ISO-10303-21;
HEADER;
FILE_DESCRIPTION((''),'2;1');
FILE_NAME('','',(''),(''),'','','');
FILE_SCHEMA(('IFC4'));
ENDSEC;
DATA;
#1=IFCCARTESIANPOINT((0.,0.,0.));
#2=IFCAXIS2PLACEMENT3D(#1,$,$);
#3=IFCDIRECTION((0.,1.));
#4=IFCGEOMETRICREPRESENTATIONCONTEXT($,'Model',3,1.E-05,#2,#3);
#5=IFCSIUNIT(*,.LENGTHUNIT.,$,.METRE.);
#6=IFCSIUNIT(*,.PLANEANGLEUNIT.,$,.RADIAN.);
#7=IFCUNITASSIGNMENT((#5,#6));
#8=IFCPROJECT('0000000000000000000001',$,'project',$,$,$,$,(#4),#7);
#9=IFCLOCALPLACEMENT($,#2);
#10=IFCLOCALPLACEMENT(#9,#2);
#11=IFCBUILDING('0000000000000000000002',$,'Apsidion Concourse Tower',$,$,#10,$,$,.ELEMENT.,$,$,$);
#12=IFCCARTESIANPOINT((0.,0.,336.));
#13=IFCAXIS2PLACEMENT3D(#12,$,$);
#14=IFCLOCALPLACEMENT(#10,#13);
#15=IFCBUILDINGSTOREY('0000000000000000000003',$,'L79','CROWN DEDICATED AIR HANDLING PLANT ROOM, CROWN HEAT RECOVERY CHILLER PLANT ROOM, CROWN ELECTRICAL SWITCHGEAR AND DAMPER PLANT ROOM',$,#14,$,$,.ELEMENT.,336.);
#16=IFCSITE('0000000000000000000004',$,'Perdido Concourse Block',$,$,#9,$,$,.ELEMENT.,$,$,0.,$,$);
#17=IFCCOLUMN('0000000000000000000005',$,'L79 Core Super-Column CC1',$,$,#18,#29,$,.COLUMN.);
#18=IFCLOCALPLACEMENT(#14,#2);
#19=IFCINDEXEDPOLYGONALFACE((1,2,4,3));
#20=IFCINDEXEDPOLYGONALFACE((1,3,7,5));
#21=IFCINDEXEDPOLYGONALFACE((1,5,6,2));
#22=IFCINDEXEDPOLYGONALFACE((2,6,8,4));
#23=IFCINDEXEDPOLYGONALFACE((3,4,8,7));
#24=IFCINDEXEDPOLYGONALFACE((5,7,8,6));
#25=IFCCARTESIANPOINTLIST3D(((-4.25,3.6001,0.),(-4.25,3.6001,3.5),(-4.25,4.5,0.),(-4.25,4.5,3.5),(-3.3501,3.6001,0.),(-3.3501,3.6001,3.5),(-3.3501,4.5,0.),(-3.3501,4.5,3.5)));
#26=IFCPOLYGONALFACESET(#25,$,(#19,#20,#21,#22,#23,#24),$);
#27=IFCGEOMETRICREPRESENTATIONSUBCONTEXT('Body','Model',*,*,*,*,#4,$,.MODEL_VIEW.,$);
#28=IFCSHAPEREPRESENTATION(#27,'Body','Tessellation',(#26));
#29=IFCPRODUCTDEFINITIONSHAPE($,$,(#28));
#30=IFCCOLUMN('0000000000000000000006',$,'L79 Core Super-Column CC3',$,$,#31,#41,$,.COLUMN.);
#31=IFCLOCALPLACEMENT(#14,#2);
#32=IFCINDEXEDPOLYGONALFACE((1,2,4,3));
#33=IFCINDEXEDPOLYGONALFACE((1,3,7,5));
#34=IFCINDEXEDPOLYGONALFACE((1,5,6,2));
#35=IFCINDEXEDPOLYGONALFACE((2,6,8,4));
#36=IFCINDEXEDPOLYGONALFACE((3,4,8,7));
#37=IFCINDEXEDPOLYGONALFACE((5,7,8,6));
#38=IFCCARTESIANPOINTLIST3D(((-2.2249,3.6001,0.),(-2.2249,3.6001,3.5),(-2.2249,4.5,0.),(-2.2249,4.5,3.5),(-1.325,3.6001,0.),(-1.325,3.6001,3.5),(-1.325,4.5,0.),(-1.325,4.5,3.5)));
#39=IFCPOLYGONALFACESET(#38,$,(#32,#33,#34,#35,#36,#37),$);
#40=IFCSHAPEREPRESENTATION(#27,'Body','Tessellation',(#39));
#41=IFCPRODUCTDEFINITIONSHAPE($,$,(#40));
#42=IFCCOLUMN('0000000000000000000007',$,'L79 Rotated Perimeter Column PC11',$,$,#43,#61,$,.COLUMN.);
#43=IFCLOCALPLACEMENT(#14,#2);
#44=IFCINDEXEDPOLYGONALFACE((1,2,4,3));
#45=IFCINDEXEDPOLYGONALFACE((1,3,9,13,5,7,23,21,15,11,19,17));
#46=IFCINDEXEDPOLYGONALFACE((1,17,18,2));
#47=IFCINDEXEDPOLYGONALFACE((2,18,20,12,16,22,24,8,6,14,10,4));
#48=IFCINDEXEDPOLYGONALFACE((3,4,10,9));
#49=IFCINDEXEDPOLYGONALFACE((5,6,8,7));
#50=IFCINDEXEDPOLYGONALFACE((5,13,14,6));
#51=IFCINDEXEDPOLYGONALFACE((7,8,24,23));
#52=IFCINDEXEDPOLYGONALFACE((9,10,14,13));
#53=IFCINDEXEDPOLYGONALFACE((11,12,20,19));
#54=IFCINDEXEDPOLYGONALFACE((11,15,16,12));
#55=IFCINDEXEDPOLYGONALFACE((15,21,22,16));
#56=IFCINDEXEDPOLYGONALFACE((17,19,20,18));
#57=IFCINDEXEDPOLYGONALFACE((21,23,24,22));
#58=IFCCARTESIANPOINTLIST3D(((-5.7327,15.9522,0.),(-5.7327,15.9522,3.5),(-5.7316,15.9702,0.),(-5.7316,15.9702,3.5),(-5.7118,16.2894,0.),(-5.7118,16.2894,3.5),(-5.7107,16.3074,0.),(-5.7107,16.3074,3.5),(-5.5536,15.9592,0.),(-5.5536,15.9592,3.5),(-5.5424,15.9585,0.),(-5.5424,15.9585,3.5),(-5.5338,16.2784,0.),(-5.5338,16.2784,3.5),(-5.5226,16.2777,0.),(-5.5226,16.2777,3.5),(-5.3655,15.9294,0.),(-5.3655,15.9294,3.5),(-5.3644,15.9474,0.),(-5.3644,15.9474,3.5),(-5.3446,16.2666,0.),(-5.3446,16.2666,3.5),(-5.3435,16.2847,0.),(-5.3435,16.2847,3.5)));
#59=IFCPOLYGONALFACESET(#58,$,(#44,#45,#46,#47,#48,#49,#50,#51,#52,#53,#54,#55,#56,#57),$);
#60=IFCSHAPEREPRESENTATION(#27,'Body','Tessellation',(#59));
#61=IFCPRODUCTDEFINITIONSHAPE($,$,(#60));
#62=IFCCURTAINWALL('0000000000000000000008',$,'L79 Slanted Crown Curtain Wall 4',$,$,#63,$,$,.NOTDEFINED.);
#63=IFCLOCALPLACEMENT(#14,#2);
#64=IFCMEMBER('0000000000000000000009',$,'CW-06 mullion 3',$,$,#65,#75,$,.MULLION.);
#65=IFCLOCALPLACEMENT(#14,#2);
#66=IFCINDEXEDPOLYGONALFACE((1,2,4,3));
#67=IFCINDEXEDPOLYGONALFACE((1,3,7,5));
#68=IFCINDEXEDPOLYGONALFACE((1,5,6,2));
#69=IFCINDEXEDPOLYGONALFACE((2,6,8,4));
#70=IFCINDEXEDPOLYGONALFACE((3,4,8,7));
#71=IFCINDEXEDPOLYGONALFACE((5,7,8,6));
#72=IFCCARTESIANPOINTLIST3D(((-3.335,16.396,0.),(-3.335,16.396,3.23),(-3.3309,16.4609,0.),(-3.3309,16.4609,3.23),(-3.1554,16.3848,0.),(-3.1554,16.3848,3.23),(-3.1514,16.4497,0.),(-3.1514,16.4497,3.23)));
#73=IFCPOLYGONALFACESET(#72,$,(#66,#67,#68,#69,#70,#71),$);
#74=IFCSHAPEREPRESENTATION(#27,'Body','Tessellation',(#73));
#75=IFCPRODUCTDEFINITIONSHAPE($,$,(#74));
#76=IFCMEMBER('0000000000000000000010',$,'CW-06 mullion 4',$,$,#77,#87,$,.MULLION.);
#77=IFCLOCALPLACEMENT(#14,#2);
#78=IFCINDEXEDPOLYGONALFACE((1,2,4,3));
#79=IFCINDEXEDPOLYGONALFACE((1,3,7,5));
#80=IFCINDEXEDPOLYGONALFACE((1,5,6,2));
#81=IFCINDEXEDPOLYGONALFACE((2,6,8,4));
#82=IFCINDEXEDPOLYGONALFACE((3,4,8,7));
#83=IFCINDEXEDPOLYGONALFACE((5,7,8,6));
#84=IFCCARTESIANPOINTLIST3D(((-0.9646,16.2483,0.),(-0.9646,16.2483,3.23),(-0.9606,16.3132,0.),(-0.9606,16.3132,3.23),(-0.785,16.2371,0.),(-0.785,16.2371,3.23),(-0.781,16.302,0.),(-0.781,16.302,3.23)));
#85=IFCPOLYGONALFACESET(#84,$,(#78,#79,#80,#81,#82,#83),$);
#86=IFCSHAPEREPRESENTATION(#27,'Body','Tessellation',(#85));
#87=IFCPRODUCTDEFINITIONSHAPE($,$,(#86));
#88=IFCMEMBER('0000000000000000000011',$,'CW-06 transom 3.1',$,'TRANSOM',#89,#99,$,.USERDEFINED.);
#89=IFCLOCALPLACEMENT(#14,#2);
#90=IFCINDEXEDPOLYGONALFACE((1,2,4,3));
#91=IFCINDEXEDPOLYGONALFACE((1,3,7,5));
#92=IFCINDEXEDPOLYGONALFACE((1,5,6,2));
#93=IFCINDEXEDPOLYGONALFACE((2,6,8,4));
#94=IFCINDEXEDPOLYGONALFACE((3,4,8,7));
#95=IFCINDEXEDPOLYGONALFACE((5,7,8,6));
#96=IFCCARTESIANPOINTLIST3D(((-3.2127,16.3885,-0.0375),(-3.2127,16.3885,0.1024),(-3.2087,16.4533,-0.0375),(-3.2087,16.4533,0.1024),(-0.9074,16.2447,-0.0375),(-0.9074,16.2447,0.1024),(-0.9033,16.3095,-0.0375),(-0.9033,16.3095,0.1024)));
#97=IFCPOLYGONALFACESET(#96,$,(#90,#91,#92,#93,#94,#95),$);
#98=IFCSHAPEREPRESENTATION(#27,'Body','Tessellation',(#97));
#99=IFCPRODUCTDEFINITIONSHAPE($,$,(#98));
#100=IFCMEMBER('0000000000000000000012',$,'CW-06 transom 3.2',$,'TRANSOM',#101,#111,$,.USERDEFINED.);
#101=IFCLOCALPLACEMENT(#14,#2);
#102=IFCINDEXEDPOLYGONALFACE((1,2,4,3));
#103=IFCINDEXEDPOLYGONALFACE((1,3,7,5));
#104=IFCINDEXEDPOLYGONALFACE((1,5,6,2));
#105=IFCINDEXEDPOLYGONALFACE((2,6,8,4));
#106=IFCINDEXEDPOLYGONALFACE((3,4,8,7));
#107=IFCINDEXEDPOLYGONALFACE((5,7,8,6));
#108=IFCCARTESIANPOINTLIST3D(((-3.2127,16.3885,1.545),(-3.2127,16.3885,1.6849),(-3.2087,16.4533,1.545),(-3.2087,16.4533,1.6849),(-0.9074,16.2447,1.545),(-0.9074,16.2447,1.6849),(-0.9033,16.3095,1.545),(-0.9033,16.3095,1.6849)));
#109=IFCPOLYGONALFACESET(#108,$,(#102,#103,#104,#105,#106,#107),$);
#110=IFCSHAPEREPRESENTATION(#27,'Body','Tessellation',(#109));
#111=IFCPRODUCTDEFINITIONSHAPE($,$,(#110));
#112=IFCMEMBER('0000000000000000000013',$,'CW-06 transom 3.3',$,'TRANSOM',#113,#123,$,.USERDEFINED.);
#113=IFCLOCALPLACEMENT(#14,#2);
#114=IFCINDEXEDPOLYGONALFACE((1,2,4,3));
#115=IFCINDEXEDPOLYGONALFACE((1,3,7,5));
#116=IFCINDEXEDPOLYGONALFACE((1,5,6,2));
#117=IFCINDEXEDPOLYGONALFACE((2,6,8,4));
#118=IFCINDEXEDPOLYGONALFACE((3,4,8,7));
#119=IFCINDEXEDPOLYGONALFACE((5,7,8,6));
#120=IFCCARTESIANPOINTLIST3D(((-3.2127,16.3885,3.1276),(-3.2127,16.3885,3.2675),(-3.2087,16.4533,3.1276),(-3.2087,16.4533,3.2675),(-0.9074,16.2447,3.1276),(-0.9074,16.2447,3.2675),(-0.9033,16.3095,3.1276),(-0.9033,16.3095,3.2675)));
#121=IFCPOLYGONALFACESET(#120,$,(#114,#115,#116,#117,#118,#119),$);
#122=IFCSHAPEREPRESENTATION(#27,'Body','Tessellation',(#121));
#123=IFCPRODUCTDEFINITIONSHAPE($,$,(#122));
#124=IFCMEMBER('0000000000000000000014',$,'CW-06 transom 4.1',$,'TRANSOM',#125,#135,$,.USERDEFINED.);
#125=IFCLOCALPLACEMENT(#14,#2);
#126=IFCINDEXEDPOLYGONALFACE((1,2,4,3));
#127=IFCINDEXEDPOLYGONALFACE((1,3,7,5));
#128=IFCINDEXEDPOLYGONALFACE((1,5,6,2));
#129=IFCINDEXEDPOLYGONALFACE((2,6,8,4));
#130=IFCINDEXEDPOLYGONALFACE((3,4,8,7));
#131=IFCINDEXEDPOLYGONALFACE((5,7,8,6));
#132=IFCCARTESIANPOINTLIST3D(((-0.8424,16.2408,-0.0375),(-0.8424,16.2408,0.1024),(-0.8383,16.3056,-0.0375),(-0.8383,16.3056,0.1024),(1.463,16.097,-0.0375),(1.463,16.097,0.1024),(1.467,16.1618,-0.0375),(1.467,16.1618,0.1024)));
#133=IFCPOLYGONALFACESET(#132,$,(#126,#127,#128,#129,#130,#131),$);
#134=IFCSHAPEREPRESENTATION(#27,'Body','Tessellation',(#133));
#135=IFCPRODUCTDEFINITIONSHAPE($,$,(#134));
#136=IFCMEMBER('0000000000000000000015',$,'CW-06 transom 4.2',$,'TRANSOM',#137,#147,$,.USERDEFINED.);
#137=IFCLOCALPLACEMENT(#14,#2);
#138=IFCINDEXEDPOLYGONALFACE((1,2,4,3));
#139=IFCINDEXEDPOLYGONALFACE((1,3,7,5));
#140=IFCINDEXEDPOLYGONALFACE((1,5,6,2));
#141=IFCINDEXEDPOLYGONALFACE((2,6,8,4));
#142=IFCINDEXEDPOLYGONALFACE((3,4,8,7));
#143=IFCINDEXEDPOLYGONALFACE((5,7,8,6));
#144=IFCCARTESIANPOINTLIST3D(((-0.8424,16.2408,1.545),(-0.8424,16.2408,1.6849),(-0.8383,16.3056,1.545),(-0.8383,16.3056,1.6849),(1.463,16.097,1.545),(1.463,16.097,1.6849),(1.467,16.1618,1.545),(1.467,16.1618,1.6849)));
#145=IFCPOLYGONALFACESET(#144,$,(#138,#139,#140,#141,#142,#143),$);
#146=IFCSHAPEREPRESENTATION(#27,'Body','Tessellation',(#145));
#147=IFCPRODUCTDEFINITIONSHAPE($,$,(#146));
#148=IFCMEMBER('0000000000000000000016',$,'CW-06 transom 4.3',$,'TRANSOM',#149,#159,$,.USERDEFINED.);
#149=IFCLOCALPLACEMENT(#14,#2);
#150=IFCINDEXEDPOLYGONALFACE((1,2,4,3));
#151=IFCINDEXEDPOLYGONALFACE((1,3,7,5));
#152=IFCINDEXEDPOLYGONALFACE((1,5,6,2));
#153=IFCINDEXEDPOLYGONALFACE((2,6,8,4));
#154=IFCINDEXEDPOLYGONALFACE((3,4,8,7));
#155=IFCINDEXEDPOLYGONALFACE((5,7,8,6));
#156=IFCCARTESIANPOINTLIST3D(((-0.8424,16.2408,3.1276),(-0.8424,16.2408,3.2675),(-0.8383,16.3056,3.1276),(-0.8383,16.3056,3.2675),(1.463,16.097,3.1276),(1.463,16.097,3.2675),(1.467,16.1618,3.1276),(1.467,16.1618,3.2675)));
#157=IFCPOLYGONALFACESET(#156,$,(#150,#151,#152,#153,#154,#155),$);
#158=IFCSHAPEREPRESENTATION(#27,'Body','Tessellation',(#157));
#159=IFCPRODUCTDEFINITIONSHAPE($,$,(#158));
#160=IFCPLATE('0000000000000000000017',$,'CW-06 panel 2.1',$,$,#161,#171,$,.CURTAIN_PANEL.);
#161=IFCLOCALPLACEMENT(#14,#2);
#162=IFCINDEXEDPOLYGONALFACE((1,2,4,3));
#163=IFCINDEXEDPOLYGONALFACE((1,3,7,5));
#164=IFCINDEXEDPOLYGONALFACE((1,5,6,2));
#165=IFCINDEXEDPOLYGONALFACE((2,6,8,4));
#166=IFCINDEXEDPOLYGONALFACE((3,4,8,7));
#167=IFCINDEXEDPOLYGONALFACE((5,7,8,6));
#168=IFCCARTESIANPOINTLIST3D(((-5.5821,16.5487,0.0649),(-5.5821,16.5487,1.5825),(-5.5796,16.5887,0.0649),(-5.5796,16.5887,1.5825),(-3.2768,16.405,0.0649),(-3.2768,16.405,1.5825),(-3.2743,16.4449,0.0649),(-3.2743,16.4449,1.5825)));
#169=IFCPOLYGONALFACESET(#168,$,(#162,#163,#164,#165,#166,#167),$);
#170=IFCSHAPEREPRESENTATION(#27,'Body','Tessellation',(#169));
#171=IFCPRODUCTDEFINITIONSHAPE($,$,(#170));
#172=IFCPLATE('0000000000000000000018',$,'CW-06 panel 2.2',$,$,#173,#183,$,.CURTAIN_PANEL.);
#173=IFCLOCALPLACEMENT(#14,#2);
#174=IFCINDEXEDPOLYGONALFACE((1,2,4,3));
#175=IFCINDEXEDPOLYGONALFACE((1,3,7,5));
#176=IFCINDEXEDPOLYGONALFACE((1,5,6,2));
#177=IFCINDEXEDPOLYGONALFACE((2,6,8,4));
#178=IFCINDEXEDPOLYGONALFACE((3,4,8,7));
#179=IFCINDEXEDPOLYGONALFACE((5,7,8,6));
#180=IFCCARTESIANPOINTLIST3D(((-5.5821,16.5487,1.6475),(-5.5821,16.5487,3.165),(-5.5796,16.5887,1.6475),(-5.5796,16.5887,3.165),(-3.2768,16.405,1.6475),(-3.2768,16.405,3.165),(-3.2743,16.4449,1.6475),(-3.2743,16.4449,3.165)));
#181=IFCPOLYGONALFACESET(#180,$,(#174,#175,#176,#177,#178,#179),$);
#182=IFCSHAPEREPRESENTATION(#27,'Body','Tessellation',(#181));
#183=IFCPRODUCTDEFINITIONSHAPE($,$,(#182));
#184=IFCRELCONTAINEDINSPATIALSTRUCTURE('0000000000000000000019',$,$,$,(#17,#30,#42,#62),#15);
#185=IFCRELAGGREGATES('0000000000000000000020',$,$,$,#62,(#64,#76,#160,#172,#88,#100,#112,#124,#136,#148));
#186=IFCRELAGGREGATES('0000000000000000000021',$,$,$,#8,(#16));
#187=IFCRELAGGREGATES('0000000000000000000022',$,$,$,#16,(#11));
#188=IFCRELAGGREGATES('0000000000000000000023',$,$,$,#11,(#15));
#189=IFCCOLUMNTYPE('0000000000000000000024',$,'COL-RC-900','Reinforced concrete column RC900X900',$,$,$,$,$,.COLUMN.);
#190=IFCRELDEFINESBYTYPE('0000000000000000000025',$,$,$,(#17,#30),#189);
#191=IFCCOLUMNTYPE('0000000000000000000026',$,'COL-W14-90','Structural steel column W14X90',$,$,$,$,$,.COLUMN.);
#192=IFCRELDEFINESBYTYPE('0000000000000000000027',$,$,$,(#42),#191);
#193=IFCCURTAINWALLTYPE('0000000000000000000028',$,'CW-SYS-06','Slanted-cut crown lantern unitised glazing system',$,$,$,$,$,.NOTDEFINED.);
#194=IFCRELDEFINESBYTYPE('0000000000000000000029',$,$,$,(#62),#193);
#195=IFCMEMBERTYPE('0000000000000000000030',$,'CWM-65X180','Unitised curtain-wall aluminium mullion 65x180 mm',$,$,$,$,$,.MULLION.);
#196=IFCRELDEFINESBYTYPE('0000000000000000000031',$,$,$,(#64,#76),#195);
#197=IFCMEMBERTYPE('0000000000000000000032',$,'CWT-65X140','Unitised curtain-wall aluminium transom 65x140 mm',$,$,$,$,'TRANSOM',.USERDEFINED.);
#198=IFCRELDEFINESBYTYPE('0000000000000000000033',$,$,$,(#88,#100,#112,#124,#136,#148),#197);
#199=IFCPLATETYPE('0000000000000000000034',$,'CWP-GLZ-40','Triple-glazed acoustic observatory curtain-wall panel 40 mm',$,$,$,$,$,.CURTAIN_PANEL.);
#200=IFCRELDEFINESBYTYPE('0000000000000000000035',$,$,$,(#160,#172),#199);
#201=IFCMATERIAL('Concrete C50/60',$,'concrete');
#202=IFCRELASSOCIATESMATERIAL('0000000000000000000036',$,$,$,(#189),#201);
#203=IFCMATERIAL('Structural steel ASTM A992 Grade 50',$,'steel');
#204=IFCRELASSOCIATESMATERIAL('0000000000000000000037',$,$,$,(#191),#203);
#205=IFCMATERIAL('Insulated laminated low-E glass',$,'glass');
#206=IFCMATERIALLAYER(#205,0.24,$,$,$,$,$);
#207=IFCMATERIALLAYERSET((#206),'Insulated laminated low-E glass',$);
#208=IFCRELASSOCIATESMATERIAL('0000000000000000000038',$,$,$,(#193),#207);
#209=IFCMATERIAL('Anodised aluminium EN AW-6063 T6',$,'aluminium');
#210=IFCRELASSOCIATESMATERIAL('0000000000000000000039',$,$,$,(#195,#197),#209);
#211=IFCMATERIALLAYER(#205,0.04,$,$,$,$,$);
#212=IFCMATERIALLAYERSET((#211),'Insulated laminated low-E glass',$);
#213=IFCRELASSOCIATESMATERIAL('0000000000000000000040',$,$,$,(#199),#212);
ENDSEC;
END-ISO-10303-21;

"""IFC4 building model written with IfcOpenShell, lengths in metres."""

from ifc_helpers import new_model, si_unit, direction, frame, origin, origin_2d, place, context, subcontext, project, spatial, rectangle, i_section, extrude, material, layer, layer_set, material_profile, profile_set, type_object, element, aggregate, save


model = new_model("IFC4")

# Units and contexts
model_context = context("Model", 3, precision=1e-05, world=origin(), true_north=direction((0.0, 1.0)))
body_context = subcontext(model_context, "Body", "Model", "MODEL_VIEW")
ifc_project = project(units=[si_unit("LENGTHUNIT", "METRE"), si_unit("PLANEANGLEUNIT", "RADIAN")], contexts=[model_context])

# Site, building, storey
site_placement = place(None, origin())
site = spatial("IfcSite", under=ifc_project, at=site_placement, Name="Perdido Concourse Block", CompositionType="ELEMENT", RefElevation=0.0)
building_placement = place(site_placement, origin())
building = spatial("IfcBuilding", under=site, at=building_placement, Name="Apsidion Concourse Tower", CompositionType="ELEMENT")
storey_placement = place(building_placement, frame((0.0, 0.0, 336.0)))
storey = spatial("IfcBuildingStorey", under=building, at=storey_placement, Name="L79", Description="CROWN DEDICATED AIR HANDLING PLANT ROOM, CROWN HEAT RECOVERY CHILLER PLANT ROOM, CROWN ELECTRICAL SWITCHGEAR AND DAMPER PLANT ROOM", CompositionType="ELEMENT", Elevation=336.0)

# Columns
ifc_material_1 = material(Name="Concrete C50/60", Category="concrete")
ifc_material_profile_1 = material_profile(ifc_material_1, rectangle(XDim=0.8999, YDim=0.8999, at=origin_2d()), Name="RC 900x900")
ifc_profile_set_1 = profile_set([ifc_material_profile_1], Name="Concrete C50/60")
column_type_1 = type_object("IfcColumnType", Name="COL-RC-900", Description="Reinforced concrete column RC900X900", PredefinedType="COLUMN", material=ifc_profile_set_1)
for number, where, z_axis, x_axis, name in (
    (1, (-3.8, 4.05, 0.0), (0.0, 0.0, 1.0), (1.0, 0.0, 0.0), "L79 Core Super-Column CC1"),
    (2, (-1.7749, 4.05, 0.0), (0.0, 0.0, 1.0), (1.0, 0.0, 0.0), "L79 Core Super-Column CC3"),
):
    element("IfcColumn", number, at=place(storey_placement, frame(where, z_axis=z_axis, x_axis=x_axis)), inside=storey, type_object=column_type_1, Name=name, PredefinedType="COLUMN", context=body_context, shape_type="SweptSolid", body=[
        extrude(rectangle(XDim=0.8999, YDim=0.8999, at=origin_2d()), origin(), (0.0, 0.0, 1.0), 3.5),
    ])
ifc_material_2 = material(Name="Structural steel ASTM A992 Grade 50", Category="steel")
ifc_material_profile_2 = material_profile(ifc_material_2, i_section(OverallWidth=0.3679, OverallDepth=0.356, WebThickness=0.0112, FlangeThickness=0.0181, at=origin_2d()), Name="W14X90")
ifc_profile_set_2 = profile_set([ifc_material_profile_2], Name="Structural steel ASTM A992 Grade 50")
column_type_2 = type_object("IfcColumnType", Name="COL-W14-90", Description="Structural steel column W14X90", PredefinedType="COLUMN", material=ifc_profile_set_2)
column_placement = place(storey_placement, frame((-5.5381, 16.1184, 0.0), z_axis=(0.0, 0.0, 1.0), x_axis=(-0.998081, 0.06192, 0.0)))
element("IfcColumn", 3, at=column_placement, inside=storey, type_object=column_type_2, Name="L79 Rotated Perimeter Column PC11", PredefinedType="COLUMN", context=body_context, shape_type="SweptSolid", body=[
    extrude(i_section(OverallWidth=0.3679, OverallDepth=0.356, WebThickness=0.0112, FlangeThickness=0.0181, at=origin_2d()), origin(), (0.0, 0.0, 1.0), 3.5),
])

# Curtain wall, members, plates
ifc_material_3 = material(Name="Insulated laminated low-E glass", Category="glass")
ifc_layer_1 = layer(ifc_material_3, 0.24)
ifc_layer_set_1 = layer_set([ifc_layer_1], Name="Insulated laminated low-E glass")
curtain_wall_type = type_object("IfcCurtainWallType", Name="CW-SYS-06", Description="Slanted-cut crown lantern unitised glazing system", PredefinedType="NOTDEFINED", material=ifc_layer_set_1)
curtain_wall_placement = place(storey_placement, origin())
curtain_wall = element("IfcCurtainWall", 4, at=curtain_wall_placement, inside=storey, type_object=curtain_wall_type, Name="L79 Slanted Crown Curtain Wall 4", PredefinedType="NOTDEFINED")
ifc_material_4 = material(Name="Anodised aluminium EN AW-6063 T6", Category="aluminium")
ifc_material_profile_3 = material_profile(ifc_material_4, rectangle(XDim=0.0649, YDim=0.1799, at=origin_2d()), Name="ALU MULLION 65x180")
ifc_profile_set_3 = profile_set([ifc_material_profile_3], Name="Anodised aluminium EN AW-6063 T6")
member_type_1 = type_object("IfcMemberType", Name="CWM-65X180", Description="Unitised curtain-wall aluminium mullion 65x180 mm", PredefinedType="MULLION", material=ifc_profile_set_3)
member_1_placement = place(storey_placement, frame((-3.2432, 16.4229, 0.0), z_axis=(0.0, 0.0, 1.0), x_axis=(0.062245, 0.998061, 0.0)))
member_1 = element("IfcMember", 5, at=member_1_placement, type_object=member_type_1, Name="CW-06 mullion 3", PredefinedType="MULLION", context=body_context, shape_type="SweptSolid", body=[
    extrude(rectangle(XDim=0.0649, YDim=0.1799, at=origin_2d()), origin(), (0.0, 0.0, 1.0), 3.23),
])
member_2_placement = place(storey_placement, frame((-0.8728, 16.2751, 0.0), z_axis=(0.0, 0.0, 1.0), x_axis=(0.062245, 0.998061, 0.0)))
member_2 = element("IfcMember", 6, at=member_2_placement, type_object=member_type_1, Name="CW-06 mullion 4", PredefinedType="MULLION", context=body_context, shape_type="SweptSolid", body=[
    extrude(rectangle(XDim=0.0649, YDim=0.1799, at=origin_2d()), origin(), (0.0, 0.0, 1.0), 3.23),
])
ifc_material_profile_4 = material_profile(ifc_material_4, rectangle(XDim=0.0649, YDim=0.1399, at=origin_2d()), Name="ALU TRANSOM 65x140")
ifc_profile_set_4 = profile_set([ifc_material_profile_4], Name="Anodised aluminium EN AW-6063 T6")
member_type_2 = type_object("IfcMemberType", Name="CWT-65X140", Description="Unitised curtain-wall aluminium transom 65x140 mm", ElementType="TRANSOM", PredefinedType="USERDEFINED", material=ifc_profile_set_4)
member_3_placement = place(storey_placement, frame((-3.2107, 16.4209, 0.0325), z_axis=(0.99806, -0.062253, 0.0), x_axis=(0.062253, 0.99806, 0.0)))
member_3 = element("IfcMember", 7, at=member_3_placement, type_object=member_type_2, Name="CW-06 transom 3.1", ObjectType="TRANSOM", PredefinedType="USERDEFINED", context=body_context, shape_type="SweptSolid", body=[
    extrude(rectangle(XDim=0.0649, YDim=0.1399, at=origin_2d()), origin(), (0.0, 0.0, 1.0), 2.3098),
])
member_4_placement = place(storey_placement, frame((-3.2107, 16.4209, 1.615), z_axis=(0.99806, -0.062253, 0.0), x_axis=(0.062253, 0.99806, 0.0)))
member_4 = element("IfcMember", 8, at=member_4_placement, type_object=member_type_2, Name="CW-06 transom 3.2", ObjectType="TRANSOM", PredefinedType="USERDEFINED", context=body_context, shape_type="SweptSolid", body=[
    extrude(rectangle(XDim=0.0649, YDim=0.1399, at=origin_2d()), origin(), (0.0, 0.0, 1.0), 2.3098),
])
member_5_placement = place(storey_placement, frame((-3.2107, 16.4209, 3.1975), z_axis=(0.99806, -0.062253, 0.0), x_axis=(0.062253, 0.99806, 0.0)))
member_5 = element("IfcMember", 9, at=member_5_placement, type_object=member_type_2, Name="CW-06 transom 3.3", ObjectType="TRANSOM", PredefinedType="USERDEFINED", context=body_context, shape_type="SweptSolid", body=[
    extrude(rectangle(XDim=0.0649, YDim=0.1399, at=origin_2d()), origin(), (0.0, 0.0, 1.0), 2.3098),
])
member_6_placement = place(storey_placement, frame((-0.8403, 16.2732, 0.0325), z_axis=(0.99806, -0.062253, 0.0), x_axis=(0.062253, 0.99806, 0.0)))
member_6 = element("IfcMember", 10, at=member_6_placement, type_object=member_type_2, Name="CW-06 transom 4.1", ObjectType="TRANSOM", PredefinedType="USERDEFINED", context=body_context, shape_type="SweptSolid", body=[
    extrude(rectangle(XDim=0.0649, YDim=0.1399, at=origin_2d()), origin(), (0.0, 0.0, 1.0), 2.3098),
])
member_7_placement = place(storey_placement, frame((-0.8403, 16.2732, 1.615), z_axis=(0.99806, -0.062253, 0.0), x_axis=(0.062253, 0.99806, 0.0)))
member_7 = element("IfcMember", 11, at=member_7_placement, type_object=member_type_2, Name="CW-06 transom 4.2", ObjectType="TRANSOM", PredefinedType="USERDEFINED", context=body_context, shape_type="SweptSolid", body=[
    extrude(rectangle(XDim=0.0649, YDim=0.1399, at=origin_2d()), origin(), (0.0, 0.0, 1.0), 2.3098),
])
member_8_placement = place(storey_placement, frame((-0.8403, 16.2732, 3.1975), z_axis=(0.99806, -0.062253, 0.0), x_axis=(0.062253, 0.99806, 0.0)))
member_8 = element("IfcMember", 12, at=member_8_placement, type_object=member_type_2, Name="CW-06 transom 4.3", ObjectType="TRANSOM", PredefinedType="USERDEFINED", context=body_context, shape_type="SweptSolid", body=[
    extrude(rectangle(XDim=0.0649, YDim=0.1399, at=origin_2d()), origin(), (0.0, 0.0, 1.0), 2.3098),
])
ifc_layer_2 = layer(ifc_material_3, 0.04)
ifc_layer_set_2 = layer_set([ifc_layer_2], Name="Insulated laminated low-E glass")
plate_type = type_object("IfcPlateType", Name="CWP-GLZ-40", Description="Triple-glazed acoustic observatory curtain-wall panel 40 mm", PredefinedType="CURTAIN_PANEL", material=ifc_layer_set_2)
plate_1_placement = place(storey_placement, frame((-4.4282, 16.4968, 0.0649), z_axis=(0.0, 0.0, 1.0), x_axis=(0.998061, -0.062245, 0.0)))
plate_1 = element("IfcPlate", 13, at=plate_1_placement, type_object=plate_type, Name="CW-06 panel 2.1", PredefinedType="CURTAIN_PANEL", context=body_context, shape_type="SweptSolid", body=[
    extrude(rectangle(XDim=2.3098, YDim=0.04, at=origin_2d()), origin(), (0.0, 0.0, 1.0), 1.5176),
])
plate_2_placement = place(storey_placement, frame((-4.4282, 16.4968, 1.6475), z_axis=(0.0, 0.0, 1.0), x_axis=(0.998061, -0.062245, 0.0)))
plate_2 = element("IfcPlate", 14, at=plate_2_placement, type_object=plate_type, Name="CW-06 panel 2.2", PredefinedType="CURTAIN_PANEL", context=body_context, shape_type="SweptSolid", body=[
    extrude(rectangle(XDim=2.3098, YDim=0.04, at=origin_2d()), origin(), (0.0, 0.0, 1.0), 1.5176),
])
aggregate(curtain_wall, [member_1, member_2, plate_1, plate_2, member_3, member_4, member_5, member_6, member_7, member_8])

save(model, "model.ifc")
